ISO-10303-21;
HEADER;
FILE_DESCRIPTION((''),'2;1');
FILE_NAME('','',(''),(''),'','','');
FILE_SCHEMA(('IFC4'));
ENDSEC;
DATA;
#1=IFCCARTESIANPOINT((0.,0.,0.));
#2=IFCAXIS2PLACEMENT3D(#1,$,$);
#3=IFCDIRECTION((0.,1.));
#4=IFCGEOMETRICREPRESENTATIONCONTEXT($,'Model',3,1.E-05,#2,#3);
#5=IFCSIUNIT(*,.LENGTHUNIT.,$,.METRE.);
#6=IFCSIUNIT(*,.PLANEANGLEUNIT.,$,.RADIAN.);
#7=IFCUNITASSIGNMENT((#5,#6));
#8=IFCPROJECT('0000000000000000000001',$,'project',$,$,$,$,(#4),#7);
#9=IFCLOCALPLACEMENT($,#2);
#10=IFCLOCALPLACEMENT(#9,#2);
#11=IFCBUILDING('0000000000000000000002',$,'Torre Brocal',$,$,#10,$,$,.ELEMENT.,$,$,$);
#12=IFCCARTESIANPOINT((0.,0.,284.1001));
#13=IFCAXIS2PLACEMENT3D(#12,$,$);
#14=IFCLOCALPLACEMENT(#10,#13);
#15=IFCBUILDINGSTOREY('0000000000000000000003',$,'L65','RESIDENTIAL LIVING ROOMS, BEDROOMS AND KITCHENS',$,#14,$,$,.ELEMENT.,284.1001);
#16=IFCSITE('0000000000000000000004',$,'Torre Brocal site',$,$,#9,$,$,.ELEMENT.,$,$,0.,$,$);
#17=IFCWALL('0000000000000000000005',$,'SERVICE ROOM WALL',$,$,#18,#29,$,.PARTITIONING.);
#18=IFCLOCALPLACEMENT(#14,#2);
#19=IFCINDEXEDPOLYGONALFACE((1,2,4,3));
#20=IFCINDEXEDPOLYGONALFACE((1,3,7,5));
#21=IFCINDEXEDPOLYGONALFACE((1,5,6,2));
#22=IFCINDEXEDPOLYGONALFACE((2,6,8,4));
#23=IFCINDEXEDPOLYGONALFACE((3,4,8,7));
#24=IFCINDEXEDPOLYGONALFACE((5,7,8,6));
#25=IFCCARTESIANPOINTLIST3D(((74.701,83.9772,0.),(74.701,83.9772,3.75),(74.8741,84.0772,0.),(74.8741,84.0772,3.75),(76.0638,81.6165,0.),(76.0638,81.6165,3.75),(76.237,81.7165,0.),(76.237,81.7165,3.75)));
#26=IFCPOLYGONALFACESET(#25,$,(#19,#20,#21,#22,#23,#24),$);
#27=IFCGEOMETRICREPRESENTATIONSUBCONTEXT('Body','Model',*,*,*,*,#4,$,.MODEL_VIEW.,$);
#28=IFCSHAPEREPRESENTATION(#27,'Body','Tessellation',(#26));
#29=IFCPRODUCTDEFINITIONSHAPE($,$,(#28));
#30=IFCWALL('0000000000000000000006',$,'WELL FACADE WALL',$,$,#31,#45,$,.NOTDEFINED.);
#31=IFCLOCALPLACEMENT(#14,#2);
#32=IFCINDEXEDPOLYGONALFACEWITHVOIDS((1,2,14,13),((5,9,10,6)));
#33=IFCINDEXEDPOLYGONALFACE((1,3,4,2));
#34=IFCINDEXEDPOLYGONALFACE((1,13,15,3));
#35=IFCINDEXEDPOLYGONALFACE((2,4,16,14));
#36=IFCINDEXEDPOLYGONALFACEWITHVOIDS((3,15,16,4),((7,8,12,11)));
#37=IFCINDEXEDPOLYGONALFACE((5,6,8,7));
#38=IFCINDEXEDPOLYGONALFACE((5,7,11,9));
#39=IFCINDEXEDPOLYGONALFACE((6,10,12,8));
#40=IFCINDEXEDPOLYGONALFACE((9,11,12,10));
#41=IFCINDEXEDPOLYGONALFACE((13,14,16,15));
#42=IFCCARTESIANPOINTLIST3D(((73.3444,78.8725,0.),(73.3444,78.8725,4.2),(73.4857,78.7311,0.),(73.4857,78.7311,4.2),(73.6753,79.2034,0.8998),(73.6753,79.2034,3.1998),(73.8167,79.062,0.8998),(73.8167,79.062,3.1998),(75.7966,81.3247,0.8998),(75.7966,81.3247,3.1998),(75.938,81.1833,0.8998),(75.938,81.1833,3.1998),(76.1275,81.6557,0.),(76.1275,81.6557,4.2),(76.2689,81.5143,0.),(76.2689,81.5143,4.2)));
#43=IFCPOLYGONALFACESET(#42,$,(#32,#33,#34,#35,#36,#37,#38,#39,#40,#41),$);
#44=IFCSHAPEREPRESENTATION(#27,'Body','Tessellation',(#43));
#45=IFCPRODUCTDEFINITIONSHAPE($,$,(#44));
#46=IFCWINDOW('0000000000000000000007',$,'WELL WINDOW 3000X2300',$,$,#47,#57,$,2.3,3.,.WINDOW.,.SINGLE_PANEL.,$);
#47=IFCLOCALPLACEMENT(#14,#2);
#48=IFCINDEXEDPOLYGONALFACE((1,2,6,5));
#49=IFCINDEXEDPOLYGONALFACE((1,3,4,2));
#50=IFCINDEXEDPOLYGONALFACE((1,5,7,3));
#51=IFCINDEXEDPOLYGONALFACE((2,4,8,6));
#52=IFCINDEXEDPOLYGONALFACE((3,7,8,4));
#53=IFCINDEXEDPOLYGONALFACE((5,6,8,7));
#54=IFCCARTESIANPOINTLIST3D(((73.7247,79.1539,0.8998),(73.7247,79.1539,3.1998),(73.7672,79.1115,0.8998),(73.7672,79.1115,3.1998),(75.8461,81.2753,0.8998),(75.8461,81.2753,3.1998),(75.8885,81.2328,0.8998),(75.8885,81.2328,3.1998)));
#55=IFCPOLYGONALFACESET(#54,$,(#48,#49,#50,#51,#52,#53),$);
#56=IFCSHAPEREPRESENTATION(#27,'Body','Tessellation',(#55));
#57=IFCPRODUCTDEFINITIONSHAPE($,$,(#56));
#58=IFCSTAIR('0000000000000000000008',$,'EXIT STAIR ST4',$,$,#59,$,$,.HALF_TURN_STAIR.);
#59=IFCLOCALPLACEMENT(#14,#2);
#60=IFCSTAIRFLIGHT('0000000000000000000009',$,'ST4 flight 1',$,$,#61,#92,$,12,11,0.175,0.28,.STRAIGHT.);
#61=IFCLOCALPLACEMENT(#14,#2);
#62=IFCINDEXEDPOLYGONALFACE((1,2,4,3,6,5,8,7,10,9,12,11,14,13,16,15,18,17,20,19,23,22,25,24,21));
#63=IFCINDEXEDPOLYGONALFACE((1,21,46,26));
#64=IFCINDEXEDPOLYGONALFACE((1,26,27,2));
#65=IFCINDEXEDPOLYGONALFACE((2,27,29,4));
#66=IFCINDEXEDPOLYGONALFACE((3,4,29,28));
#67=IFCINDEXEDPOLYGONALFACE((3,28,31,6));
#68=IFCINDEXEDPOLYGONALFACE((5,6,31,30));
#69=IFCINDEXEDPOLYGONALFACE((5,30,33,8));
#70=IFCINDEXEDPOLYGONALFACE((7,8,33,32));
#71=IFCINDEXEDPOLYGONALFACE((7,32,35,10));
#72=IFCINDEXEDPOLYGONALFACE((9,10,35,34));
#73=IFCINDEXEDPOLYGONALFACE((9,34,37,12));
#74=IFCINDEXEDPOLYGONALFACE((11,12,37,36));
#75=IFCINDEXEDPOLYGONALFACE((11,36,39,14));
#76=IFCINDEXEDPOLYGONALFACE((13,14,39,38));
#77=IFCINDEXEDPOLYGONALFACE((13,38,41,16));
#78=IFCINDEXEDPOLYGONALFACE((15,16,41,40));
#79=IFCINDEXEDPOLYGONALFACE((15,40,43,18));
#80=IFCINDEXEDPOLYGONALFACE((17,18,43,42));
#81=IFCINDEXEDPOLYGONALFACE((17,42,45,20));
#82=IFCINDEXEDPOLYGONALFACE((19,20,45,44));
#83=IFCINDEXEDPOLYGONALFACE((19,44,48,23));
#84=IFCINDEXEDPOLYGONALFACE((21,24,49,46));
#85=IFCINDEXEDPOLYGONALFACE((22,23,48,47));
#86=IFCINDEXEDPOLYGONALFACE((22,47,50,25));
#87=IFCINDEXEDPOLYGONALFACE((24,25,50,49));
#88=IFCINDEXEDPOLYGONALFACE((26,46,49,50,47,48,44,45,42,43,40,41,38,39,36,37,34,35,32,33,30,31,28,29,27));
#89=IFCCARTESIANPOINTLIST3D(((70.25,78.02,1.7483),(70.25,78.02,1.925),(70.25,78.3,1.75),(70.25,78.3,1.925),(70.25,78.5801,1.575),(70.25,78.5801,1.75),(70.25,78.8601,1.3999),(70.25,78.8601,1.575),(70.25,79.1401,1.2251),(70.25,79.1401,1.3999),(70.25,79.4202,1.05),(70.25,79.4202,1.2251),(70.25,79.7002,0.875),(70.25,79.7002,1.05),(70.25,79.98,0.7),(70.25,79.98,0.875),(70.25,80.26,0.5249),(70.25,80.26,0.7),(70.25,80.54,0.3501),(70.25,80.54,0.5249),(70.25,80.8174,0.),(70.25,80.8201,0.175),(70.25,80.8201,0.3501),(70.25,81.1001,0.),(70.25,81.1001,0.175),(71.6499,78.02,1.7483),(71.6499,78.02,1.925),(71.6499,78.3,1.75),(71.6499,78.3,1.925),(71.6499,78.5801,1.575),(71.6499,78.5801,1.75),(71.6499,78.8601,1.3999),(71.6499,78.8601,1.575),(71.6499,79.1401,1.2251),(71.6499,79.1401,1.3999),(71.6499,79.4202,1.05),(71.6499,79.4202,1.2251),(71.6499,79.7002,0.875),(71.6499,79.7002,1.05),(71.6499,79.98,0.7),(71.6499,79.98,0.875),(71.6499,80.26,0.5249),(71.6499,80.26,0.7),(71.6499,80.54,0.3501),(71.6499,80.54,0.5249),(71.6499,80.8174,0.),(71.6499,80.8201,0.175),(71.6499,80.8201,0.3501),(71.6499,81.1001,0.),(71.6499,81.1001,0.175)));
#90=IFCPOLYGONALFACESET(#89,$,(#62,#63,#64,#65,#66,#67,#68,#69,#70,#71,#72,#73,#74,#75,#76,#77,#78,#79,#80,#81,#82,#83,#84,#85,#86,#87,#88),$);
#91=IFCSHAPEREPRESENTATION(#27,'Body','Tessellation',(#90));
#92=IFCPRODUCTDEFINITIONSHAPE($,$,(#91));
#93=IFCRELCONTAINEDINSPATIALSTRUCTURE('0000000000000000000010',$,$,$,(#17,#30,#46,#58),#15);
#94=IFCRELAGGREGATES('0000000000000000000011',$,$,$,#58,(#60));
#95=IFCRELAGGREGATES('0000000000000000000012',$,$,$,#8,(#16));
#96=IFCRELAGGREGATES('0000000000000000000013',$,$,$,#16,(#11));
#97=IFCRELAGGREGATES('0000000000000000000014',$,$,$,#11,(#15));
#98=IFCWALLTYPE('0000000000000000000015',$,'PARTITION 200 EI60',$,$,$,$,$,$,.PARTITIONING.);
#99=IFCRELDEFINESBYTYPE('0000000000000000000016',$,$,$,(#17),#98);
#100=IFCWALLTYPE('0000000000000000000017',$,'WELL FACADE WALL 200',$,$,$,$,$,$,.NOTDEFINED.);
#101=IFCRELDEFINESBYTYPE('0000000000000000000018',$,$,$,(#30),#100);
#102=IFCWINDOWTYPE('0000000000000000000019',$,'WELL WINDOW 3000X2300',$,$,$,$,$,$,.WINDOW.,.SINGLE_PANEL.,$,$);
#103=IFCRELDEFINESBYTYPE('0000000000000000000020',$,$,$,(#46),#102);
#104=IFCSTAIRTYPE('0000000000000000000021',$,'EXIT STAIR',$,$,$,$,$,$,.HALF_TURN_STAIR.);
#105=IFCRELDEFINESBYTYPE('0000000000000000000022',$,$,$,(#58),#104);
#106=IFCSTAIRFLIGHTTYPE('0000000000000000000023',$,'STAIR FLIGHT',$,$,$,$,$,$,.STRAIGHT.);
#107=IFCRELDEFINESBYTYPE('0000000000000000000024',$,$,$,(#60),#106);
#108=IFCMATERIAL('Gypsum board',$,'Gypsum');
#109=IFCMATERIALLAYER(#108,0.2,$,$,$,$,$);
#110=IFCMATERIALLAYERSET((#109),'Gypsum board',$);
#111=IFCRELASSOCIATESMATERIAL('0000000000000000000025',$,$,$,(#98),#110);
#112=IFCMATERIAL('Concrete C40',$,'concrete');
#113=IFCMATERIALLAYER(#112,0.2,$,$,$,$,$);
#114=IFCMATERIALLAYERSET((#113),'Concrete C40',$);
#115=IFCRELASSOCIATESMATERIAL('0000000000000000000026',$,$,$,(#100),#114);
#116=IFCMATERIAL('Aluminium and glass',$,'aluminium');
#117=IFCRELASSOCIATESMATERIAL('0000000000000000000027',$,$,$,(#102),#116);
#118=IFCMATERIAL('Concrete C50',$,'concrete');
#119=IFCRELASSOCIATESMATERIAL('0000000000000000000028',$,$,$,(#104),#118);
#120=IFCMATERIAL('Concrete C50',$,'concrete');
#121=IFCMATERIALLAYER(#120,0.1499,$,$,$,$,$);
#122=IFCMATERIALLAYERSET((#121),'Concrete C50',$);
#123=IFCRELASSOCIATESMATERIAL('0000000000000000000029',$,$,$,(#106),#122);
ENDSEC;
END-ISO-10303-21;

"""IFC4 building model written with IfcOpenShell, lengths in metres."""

from ifc_helpers import new_model, si_unit, direction, frame, frame_2d, origin, place, context, subcontext, project, spatial, polyline, rectangle, outline, extrude, material, layer, layer_set, type_object, element, fill, aggregate, save


model = new_model("IFC4")

# Units and contexts
model_context = context("Model", 3, precision=1e-05, world=origin(), true_north=direction((0.0, 1.0)))
body_context = subcontext(model_context, "Body", "Model", "MODEL_VIEW")
ifc_project = project(units=[si_unit("LENGTHUNIT", "METRE"), si_unit("PLANEANGLEUNIT", "RADIAN")], contexts=[model_context])

# Site, building, storey
site_placement = place(None, origin())
site = spatial("IfcSite", under=ifc_project, at=site_placement, Name="Torre Brocal site", CompositionType="ELEMENT", RefElevation=0.0)
building_placement = place(site_placement, origin())
building = spatial("IfcBuilding", under=site, at=building_placement, Name="Torre Brocal", CompositionType="ELEMENT")
storey_placement = place(building_placement, frame((0.0, 0.0, 284.1001)))
storey = spatial("IfcBuildingStorey", under=building, at=storey_placement, Name="L65", Description="RESIDENTIAL LIVING ROOMS, BEDROOMS AND KITCHENS", CompositionType="ELEMENT", Elevation=284.1001)

# Shared definitions
ifc_material_1 = material(Name="Gypsum board", Category="Gypsum")
ifc_layer_1 = layer(ifc_material_1, 0.2)
ifc_layer_set_1 = layer_set([ifc_layer_1], Name="Gypsum board")
wall_type_1 = type_object("IfcWallType", Name="PARTITION 200 EI60", PredefinedType="PARTITIONING", material=ifc_layer_set_1)

# Wall
wall_1_placement = place(storey_placement, frame((74.7876, 84.0271, 0.0), z_axis=(0.0, 0.0, 1.0), x_axis=(0.499973, -0.866041, 0.0)))
element("IfcWall", 1, at=wall_1_placement, inside=storey, type_object=wall_type_1, Name="SERVICE ROOM WALL", PredefinedType="PARTITIONING", context=body_context, shape_type="SweptSolid", body=[
    extrude(rectangle(XDim=2.7258, YDim=0.2, at=frame_2d((1.3628, 0.0))), origin(), (0.0, 0.0, 1.0), 3.75),
])

# Wall, opening, window
ifc_material_2 = material(Name="Concrete C40", Category="concrete")
ifc_layer_2 = layer(ifc_material_2, 0.2)
ifc_layer_set_2 = layer_set([ifc_layer_2], Name="Concrete C40")
wall_type_2 = type_object("IfcWallType", Name="WELL FACADE WALL 200", PredefinedType="NOTDEFINED", material=ifc_layer_set_2)
wall_2_placement = place(storey_placement, frame((76.1982, 81.585, 0.0), z_axis=(0.0, 0.0, 1.0), x_axis=(-0.707107, -0.707107, 0.0)))
wall_2 = element("IfcWall", 2, at=wall_2_placement, inside=storey, type_object=wall_type_2, Name="WELL FACADE WALL", PredefinedType="NOTDEFINED", context=body_context, shape_type="SweptSolid", body=[
    extrude(rectangle(XDim=3.936, YDim=0.2, at=frame_2d((1.968, 0.0))), origin(), (0.0, 0.0, 1.0), 4.2),
])
opening_1_placement = place(wall_2_placement, frame((0.468, 0.0, 0.8999)))
opening_1 = element("IfcOpeningElement", 3, at=opening_1_placement, cuts=wall_2, PredefinedType="OPENING", context=body_context, shape_type="SweptSolid", body=[
    extrude(rectangle(XDim=3.0, YDim=2.3, at=frame_2d((1.5, 1.1499))), frame((0.0, 0.1099, 0.0), z_axis=(0.0, -1.0, 0.0), x_axis=(1.0, 0.0, 0.0)), (0.0, 0.0, 1.0), 0.22),
])
ifc_material_3 = material(Name="Aluminium and glass", Category="aluminium")
window_type = type_object("IfcWindowType", Name="WELL WINDOW 3000X2300", PartitioningType="SINGLE_PANEL", PredefinedType="WINDOW", material=ifc_material_3)
window_placement = place(opening_1_placement, origin())
window = element("IfcWindow", 4, at=window_placement, inside=storey, type_object=window_type, Name="WELL WINDOW 3000X2300", OverallHeight=2.3, OverallWidth=3.0, PartitioningType="SINGLE_PANEL", PredefinedType="WINDOW", context=body_context, shape_type="SweptSolid", body=[
    extrude(rectangle(XDim=3.0, YDim=2.3, at=frame_2d((1.5, 1.1499))), frame((0.0, 0.03, 0.0), z_axis=(0.0, -1.0, 0.0), x_axis=(1.0, 0.0, 0.0)), (0.0, 0.0, 1.0), 0.0601),
])
fill(opening_1, window)

# Stair, stair flight
ifc_material_4 = material(Name="Concrete C50", Category="concrete")
stair_type = type_object("IfcStairType", Name="EXIT STAIR", PredefinedType="HALF_TURN_STAIR", material=ifc_material_4)
stair_placement = place(storey_placement, origin())
stair = element("IfcStair", 5, at=stair_placement, inside=storey, type_object=stair_type, Name="EXIT STAIR ST4", PredefinedType="HALF_TURN_STAIR")
ifc_material_5 = material(Name="Concrete C50", Category="concrete")
ifc_layer_3 = layer(ifc_material_5, 0.1499)
ifc_layer_set_3 = layer_set([ifc_layer_3], Name="Concrete C50")
stair_flight_type = type_object("IfcStairFlightType", Name="STAIR FLIGHT", PredefinedType="STRAIGHT", material=ifc_layer_set_3)
stair_flight_placement = place(storey_placement, frame((70.95, 81.1001, 0.0), z_axis=(0.0, 0.0, 1.0), x_axis=(0.0, -1.0, 0.0)))
stair_flight = element("IfcStairFlight", 6, at=stair_flight_placement, type_object=stair_flight_type, Name="ST4 flight 1", NumberOfRisers=12, NumberOfTreads=11, PredefinedType="STRAIGHT", RiserHeight=0.175, TreadLength=0.28, context=body_context, shape_type="SweptSolid", body=[
    extrude(outline(polyline([(0.0, 0.0), (0.0, 0.175), (0.28, 0.175), (0.28, 0.3501), (0.5601, 0.3501), (0.5601, 0.5249), (0.8401, 0.5249), (0.8401, 0.7), (1.1201, 0.7), (1.1201, 0.875), (1.3999, 0.875), (1.3999, 1.05), (1.6799, 1.05), (1.6799, 1.2251), (1.96, 1.2251), (1.96, 1.3999), (2.24, 1.3999), (2.24, 1.575), (2.52, 1.575), (2.52, 1.75), (2.8, 1.75), (2.8, 1.925), (3.0801, 1.925), (3.0801, 2.1001), (3.0801, 1.7483), (0.2827, 0.0), (0.0, 0.0)])), frame((0.0, 0.7, 0.0), z_axis=(0.0, -1.0, 0.0), x_axis=(1.0, 0.0, 0.0)), (0.0, 0.0, 1.0), 1.3999),
])
aggregate(stair, [stair_flight])

save(model, "model.ifc")
